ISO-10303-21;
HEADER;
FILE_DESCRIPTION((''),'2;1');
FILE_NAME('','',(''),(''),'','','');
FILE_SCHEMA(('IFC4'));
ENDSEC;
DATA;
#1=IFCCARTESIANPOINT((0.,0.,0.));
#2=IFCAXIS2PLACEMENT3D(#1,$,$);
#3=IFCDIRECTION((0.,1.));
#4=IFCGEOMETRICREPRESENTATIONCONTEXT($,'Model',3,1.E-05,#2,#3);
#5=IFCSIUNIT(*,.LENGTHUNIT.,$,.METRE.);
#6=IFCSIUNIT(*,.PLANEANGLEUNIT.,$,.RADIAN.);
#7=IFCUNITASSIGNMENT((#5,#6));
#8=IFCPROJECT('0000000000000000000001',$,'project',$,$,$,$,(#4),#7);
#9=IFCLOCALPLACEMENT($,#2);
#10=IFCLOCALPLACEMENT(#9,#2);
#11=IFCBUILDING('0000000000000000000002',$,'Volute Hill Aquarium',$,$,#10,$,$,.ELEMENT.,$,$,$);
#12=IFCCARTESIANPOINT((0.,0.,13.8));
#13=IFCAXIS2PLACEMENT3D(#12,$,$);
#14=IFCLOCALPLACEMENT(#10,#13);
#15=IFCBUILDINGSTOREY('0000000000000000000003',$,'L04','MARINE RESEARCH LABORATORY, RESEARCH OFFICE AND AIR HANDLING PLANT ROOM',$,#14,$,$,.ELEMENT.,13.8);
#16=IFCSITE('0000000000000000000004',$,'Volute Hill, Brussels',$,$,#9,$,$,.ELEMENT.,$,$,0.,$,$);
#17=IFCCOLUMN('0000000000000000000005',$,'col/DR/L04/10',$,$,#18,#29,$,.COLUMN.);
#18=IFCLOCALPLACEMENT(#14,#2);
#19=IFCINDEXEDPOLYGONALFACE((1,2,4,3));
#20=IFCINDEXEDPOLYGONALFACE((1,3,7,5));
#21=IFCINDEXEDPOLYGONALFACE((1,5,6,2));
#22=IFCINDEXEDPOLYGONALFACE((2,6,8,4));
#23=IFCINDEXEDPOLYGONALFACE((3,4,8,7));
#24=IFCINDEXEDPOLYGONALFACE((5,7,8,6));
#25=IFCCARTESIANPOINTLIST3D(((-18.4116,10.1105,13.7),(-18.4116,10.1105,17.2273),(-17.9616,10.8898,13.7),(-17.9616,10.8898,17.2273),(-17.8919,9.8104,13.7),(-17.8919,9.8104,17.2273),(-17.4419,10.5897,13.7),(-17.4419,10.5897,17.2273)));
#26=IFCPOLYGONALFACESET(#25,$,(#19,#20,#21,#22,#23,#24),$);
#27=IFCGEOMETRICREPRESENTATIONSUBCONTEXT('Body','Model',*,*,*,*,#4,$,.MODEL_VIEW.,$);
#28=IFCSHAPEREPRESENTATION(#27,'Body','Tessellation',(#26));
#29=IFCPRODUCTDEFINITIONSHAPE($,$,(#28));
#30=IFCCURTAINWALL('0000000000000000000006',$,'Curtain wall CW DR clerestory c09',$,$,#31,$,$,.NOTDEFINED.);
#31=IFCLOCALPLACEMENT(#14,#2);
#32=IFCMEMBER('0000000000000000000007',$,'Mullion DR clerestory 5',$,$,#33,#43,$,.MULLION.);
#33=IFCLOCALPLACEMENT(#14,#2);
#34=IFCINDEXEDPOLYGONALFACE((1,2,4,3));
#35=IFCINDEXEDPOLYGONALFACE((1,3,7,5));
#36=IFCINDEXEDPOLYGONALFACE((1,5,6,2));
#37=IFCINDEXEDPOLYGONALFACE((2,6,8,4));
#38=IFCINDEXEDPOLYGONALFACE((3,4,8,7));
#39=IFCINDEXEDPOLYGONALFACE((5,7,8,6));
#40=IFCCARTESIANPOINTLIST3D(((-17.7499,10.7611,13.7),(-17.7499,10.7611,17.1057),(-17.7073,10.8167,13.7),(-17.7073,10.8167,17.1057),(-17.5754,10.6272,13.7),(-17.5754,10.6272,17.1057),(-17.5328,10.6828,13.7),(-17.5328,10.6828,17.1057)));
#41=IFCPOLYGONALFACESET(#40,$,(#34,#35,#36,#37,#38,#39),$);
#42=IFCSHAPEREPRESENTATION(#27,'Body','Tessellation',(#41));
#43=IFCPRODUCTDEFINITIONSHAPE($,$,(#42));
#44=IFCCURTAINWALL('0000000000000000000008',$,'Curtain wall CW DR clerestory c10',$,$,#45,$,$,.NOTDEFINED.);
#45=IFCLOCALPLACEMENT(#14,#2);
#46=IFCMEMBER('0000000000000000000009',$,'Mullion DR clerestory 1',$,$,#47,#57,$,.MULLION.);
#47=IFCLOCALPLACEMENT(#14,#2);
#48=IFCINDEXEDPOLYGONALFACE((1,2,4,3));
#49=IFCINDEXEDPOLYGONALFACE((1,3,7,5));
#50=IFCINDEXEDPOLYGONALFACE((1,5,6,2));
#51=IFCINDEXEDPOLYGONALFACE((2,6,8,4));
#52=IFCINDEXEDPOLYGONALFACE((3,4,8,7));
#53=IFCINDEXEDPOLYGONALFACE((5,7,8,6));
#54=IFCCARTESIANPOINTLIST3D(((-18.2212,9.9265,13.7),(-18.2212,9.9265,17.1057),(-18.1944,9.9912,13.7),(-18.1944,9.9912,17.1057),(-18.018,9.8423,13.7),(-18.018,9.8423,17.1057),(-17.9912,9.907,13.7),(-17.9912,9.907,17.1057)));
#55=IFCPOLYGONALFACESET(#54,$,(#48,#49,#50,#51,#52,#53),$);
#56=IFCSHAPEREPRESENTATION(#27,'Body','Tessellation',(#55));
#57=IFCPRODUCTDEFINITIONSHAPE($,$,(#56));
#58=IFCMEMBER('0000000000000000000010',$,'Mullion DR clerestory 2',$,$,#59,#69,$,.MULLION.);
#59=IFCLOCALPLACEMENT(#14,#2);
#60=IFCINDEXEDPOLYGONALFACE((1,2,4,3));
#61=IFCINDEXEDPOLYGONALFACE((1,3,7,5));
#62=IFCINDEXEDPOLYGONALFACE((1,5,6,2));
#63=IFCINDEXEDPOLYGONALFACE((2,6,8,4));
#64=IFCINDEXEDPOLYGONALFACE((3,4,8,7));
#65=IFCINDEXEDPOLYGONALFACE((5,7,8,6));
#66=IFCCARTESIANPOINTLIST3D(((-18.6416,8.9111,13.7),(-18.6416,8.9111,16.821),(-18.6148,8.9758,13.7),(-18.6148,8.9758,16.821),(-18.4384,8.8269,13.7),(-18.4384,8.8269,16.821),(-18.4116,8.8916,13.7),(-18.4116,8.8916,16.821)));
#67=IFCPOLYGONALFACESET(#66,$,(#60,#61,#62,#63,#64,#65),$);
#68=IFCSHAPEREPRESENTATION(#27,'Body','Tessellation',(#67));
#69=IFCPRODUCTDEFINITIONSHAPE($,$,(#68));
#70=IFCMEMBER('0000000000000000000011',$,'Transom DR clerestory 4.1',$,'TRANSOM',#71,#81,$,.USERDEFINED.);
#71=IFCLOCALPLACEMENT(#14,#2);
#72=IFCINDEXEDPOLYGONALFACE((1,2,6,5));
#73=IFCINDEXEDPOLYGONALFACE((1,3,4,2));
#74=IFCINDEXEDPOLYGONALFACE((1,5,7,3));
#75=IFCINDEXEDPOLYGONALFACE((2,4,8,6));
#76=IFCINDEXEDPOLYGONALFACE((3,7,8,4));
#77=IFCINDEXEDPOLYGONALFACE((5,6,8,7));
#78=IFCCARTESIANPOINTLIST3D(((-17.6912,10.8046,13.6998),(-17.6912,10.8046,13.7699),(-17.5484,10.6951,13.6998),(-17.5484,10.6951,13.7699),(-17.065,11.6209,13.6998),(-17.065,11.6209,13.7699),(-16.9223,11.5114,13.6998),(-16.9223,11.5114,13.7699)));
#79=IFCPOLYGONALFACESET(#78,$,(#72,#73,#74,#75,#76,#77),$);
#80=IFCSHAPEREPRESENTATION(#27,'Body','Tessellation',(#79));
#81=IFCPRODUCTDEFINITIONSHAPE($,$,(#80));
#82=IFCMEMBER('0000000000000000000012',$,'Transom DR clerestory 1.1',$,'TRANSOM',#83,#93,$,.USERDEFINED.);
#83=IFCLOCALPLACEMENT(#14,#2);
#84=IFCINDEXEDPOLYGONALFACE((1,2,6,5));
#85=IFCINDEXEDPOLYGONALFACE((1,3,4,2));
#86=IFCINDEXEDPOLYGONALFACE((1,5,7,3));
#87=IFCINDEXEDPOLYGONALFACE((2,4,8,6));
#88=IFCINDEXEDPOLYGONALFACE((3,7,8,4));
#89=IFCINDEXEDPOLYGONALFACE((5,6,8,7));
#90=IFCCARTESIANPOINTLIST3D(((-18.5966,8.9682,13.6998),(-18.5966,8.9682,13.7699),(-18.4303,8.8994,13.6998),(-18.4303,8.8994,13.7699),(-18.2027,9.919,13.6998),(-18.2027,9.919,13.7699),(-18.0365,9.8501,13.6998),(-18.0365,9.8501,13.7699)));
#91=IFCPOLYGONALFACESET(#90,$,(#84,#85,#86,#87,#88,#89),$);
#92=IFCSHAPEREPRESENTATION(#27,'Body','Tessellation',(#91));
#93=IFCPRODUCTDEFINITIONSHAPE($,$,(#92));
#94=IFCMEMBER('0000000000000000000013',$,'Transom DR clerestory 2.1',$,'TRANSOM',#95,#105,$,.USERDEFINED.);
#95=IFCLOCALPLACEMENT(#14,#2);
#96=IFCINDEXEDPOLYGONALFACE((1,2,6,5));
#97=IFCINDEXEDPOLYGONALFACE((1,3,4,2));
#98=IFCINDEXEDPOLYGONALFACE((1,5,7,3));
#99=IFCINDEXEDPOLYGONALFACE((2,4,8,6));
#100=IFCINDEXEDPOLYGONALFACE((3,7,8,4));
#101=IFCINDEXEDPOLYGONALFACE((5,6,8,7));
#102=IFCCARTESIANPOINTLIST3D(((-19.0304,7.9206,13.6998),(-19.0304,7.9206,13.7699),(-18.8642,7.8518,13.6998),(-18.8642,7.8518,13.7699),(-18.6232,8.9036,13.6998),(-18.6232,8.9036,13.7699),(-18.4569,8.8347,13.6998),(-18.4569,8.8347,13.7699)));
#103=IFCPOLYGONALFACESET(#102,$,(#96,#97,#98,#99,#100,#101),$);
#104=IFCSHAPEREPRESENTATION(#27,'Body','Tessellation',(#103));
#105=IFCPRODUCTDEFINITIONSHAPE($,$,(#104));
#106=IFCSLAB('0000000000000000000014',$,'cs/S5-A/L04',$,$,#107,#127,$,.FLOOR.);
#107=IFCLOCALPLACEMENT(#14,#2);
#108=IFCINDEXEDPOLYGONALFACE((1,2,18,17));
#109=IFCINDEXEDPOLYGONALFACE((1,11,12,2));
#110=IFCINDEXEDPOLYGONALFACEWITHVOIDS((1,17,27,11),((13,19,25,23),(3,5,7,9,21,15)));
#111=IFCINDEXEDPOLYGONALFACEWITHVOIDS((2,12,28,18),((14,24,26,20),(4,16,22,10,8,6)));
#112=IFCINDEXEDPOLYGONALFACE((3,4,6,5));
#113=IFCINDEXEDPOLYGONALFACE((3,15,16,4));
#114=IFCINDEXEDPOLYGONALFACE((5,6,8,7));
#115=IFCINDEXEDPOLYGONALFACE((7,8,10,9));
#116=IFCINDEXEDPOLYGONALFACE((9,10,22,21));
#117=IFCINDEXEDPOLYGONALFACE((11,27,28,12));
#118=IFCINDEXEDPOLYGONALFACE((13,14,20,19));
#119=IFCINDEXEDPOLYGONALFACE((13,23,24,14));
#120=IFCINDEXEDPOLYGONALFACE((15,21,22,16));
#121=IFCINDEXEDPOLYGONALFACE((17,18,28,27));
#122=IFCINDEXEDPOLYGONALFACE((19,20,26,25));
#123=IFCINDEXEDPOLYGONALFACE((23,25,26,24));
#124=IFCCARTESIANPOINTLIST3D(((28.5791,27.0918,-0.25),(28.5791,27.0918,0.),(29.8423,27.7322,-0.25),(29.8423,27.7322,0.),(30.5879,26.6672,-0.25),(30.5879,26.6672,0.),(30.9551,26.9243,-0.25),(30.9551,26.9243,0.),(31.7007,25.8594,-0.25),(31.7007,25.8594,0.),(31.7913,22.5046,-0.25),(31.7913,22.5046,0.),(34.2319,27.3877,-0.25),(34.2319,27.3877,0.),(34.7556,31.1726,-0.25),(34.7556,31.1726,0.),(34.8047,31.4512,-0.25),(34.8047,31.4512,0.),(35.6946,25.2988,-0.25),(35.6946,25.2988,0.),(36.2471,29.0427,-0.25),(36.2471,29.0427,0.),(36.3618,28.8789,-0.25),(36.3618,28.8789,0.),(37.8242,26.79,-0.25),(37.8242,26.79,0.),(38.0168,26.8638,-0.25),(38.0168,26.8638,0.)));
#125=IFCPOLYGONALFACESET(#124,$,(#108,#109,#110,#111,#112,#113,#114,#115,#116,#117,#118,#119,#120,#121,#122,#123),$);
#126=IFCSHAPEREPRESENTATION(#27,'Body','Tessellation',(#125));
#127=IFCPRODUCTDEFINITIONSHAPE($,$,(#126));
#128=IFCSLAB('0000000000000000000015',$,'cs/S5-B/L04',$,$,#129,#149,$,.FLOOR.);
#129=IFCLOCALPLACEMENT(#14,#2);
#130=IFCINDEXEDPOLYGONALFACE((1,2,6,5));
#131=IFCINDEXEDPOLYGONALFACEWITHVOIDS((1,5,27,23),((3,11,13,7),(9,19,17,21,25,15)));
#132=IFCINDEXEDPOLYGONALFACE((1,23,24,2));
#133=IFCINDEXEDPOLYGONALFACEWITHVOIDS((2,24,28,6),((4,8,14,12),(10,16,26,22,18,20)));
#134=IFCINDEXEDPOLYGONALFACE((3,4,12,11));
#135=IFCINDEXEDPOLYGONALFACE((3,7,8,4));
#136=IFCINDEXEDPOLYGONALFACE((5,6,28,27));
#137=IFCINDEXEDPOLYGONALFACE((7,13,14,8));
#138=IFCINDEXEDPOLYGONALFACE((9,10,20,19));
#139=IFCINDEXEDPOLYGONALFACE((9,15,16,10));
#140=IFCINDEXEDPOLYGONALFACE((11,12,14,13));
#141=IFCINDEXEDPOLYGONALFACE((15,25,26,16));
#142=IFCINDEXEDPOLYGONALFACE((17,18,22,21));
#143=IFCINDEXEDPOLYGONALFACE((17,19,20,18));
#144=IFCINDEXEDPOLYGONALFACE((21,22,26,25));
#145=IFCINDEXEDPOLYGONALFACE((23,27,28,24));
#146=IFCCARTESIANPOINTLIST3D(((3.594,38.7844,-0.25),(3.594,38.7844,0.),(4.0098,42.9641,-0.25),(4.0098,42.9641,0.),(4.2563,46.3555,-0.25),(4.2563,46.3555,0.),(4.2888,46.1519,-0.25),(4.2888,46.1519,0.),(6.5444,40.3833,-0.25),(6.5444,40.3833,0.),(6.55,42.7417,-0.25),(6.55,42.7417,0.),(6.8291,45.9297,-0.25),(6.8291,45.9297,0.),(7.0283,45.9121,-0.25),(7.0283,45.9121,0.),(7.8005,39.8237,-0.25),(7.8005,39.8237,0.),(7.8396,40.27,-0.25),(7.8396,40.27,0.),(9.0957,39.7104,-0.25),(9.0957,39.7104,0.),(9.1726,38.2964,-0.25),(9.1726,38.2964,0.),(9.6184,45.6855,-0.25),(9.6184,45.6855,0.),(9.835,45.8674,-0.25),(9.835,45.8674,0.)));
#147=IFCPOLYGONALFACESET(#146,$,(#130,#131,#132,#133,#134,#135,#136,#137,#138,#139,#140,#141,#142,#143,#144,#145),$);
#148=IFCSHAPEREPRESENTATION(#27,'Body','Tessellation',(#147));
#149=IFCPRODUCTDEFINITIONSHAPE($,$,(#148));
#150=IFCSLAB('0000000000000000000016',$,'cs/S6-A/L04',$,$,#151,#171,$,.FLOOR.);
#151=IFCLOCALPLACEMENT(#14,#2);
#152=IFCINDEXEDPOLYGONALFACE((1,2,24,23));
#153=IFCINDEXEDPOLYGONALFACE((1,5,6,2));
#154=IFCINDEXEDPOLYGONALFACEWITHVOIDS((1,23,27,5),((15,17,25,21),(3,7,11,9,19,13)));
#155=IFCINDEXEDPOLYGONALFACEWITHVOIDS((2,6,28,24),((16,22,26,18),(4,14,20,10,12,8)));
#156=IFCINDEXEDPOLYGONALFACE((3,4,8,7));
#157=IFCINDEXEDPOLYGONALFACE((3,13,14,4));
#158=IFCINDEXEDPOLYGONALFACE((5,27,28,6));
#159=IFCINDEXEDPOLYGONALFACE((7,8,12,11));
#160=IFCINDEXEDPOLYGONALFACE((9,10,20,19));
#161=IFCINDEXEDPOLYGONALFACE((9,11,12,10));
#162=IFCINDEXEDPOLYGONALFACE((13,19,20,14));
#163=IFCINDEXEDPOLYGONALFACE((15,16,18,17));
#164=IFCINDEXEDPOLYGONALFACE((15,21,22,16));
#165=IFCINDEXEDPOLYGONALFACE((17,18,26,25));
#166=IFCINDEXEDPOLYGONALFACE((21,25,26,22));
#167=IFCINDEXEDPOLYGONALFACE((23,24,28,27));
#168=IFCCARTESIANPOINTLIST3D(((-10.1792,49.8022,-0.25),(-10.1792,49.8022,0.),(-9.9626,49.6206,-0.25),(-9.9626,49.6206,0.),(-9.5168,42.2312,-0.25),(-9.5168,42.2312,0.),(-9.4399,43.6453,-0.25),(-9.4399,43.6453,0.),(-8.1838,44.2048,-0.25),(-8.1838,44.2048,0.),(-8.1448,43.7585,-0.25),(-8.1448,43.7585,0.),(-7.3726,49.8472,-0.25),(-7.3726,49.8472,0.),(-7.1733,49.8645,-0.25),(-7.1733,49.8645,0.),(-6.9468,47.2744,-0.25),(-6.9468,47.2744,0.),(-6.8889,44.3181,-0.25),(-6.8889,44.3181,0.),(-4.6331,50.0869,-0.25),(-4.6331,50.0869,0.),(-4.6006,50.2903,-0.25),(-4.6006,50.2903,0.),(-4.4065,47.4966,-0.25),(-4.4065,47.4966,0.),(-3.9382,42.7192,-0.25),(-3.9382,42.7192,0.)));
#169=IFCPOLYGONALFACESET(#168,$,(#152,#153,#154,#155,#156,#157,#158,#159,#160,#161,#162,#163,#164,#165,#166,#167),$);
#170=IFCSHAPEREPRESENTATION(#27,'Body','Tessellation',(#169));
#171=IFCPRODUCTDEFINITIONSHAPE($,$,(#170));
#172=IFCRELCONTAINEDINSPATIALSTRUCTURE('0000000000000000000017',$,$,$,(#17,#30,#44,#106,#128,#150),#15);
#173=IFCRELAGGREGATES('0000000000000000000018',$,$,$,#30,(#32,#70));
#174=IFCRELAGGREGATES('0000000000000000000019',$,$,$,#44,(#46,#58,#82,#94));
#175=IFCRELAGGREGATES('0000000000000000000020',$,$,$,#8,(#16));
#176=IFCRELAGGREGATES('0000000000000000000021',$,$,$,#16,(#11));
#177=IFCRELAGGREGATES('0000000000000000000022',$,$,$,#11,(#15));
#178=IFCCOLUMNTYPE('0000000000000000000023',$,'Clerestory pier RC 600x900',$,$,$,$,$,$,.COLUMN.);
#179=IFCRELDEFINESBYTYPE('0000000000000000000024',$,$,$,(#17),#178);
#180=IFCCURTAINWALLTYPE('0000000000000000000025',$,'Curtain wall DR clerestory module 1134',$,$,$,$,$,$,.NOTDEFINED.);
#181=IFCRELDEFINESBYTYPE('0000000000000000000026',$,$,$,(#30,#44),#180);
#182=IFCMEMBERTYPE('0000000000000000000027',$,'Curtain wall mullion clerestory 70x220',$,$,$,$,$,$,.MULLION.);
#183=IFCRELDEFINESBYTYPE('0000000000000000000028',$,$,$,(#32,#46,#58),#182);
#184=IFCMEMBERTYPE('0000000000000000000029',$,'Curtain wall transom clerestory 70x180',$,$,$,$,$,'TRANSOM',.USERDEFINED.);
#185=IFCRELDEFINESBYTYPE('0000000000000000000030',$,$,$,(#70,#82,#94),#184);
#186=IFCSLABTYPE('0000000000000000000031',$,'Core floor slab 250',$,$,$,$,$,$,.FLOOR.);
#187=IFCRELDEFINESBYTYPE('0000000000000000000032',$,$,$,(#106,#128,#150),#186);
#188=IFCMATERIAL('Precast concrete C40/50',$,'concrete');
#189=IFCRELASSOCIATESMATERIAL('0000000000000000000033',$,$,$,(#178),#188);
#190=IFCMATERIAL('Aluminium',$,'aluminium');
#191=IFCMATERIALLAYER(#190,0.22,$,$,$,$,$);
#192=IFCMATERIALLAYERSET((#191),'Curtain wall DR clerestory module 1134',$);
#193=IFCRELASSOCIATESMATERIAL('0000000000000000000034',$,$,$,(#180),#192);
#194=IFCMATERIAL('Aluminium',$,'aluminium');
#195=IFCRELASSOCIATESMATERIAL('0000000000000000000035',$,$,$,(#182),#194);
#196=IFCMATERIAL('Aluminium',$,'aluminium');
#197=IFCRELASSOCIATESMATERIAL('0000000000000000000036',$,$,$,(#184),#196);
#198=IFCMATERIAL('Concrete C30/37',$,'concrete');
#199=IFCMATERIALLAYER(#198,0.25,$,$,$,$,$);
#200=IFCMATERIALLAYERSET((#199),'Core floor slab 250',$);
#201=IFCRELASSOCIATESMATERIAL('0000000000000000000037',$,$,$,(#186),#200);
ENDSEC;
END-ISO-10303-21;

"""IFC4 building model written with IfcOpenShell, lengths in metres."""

from ifc_helpers import new_model, si_unit, direction, frame, origin, origin_2d, place, context, subcontext, project, spatial, polyline, rectangle, outline, extrude, material, layer, layer_set, material_profile, profile_set, type_object, element, aggregate, save


model = new_model("IFC4")

# Units and contexts
model_context = context("Model", 3, precision=1e-05, world=origin(), true_north=direction((0.0, 1.0)))
body_context = subcontext(model_context, "Body", "Model", "MODEL_VIEW")
ifc_project = project(units=[si_unit("LENGTHUNIT", "METRE"), si_unit("PLANEANGLEUNIT", "RADIAN")], contexts=[model_context])

# Site, building, storey
site_placement = place(None, origin())
site = spatial("IfcSite", under=ifc_project, at=site_placement, Name="Volute Hill, Brussels", CompositionType="ELEMENT", RefElevation=0.0)
building_placement = place(site_placement, origin())
building = spatial("IfcBuilding", under=site, at=building_placement, Name="Volute Hill Aquarium", CompositionType="ELEMENT")
storey_placement = place(building_placement, frame((0.0, 0.0, 13.8)))
storey = spatial("IfcBuildingStorey", under=building, at=storey_placement, Name="L04", Description="MARINE RESEARCH LABORATORY, RESEARCH OFFICE AND AIR HANDLING PLANT ROOM", CompositionType="ELEMENT", Elevation=13.8)

# Column
ifc_material_1 = material(Name="Precast concrete C40/50", Category="concrete")
ifc_material_profile_1 = material_profile(ifc_material_1, rectangle(XDim=0.6001, YDim=0.8999, at=origin_2d()), Name="RC pier 600x900")
ifc_profile_set_1 = profile_set([ifc_material_profile_1], Name="Precast concrete C40/50")
column_type = type_object("IfcColumnType", Name="Clerestory pier RC 600x900", PredefinedType="COLUMN", material=ifc_profile_set_1)
column_placement = place(storey_placement, frame((-17.9268, 10.3501, 13.7), z_axis=(0.0, 0.0, 1.0), x_axis=(-0.866025, 0.5, 0.0)))
element("IfcColumn", 1, at=column_placement, inside=storey, type_object=column_type, Name="col/DR/L04/10", PredefinedType="COLUMN", context=body_context, shape_type="SweptSolid", body=[
    extrude(rectangle(XDim=0.6001, YDim=0.8999, at=origin_2d()), origin(), (0.0, 0.0, 1.0), 3.5273),
])

# Curtain wall, member
ifc_material_2 = material(Name="Aluminium", Category="aluminium")
ifc_layer_1 = layer(ifc_material_2, 0.22)
ifc_layer_set_1 = layer_set([ifc_layer_1], Name="Curtain wall DR clerestory module 1134")
curtain_wall_type = type_object("IfcCurtainWallType", Name="Curtain wall DR clerestory module 1134", PredefinedType="NOTDEFINED", material=ifc_layer_set_1)
curtain_wall_1_placement = place(storey_placement, origin())
curtain_wall_1 = element("IfcCurtainWall", 2, at=curtain_wall_1_placement, inside=storey, type_object=curtain_wall_type, Name="Curtain wall CW DR clerestory c09", PredefinedType="NOTDEFINED")
ifc_material_3 = material(Name="Aluminium", Category="aluminium")
ifc_material_profile_2 = material_profile(ifc_material_3, rectangle(XDim=0.22, YDim=0.0701, at=origin_2d()), Name="Curtain wall mullion clerestory 70x220")
ifc_profile_set_2 = profile_set([ifc_material_profile_2], Name="Aluminium")
member_type_1 = type_object("IfcMemberType", Name="Curtain wall mullion clerestory 70x220", PredefinedType="MULLION", material=ifc_profile_set_2)
member_1_placement = place(storey_placement, frame((-17.6414, 10.7219, 13.7), z_axis=(0.0, 0.0, 1.0), x_axis=(0.793354, -0.608761, 0.0)))
member_1 = element("IfcMember", 3, at=member_1_placement, type_object=member_type_1, Name="Mullion DR clerestory 5", PredefinedType="MULLION", context=body_context, shape_type="SweptSolid", body=[
    extrude(rectangle(XDim=0.22, YDim=0.0701, at=origin_2d()), origin(), (0.0, 0.0, 1.0), 3.4058),
])

# Curtain wall, members
curtain_wall_2_placement = place(storey_placement, origin())
curtain_wall_2 = element("IfcCurtainWall", 4, at=curtain_wall_2_placement, inside=storey, type_object=curtain_wall_type, Name="Curtain wall CW DR clerestory c10", PredefinedType="NOTDEFINED")
member_2_placement = place(storey_placement, frame((-18.1062, 9.9167, 13.7), z_axis=(0.0, 0.0, 1.0), x_axis=(0.923874, -0.382696, 0.0)))
member_2 = element("IfcMember", 5, at=member_2_placement, type_object=member_type_1, Name="Mullion DR clerestory 1", PredefinedType="MULLION", context=body_context, shape_type="SweptSolid", body=[
    extrude(rectangle(XDim=0.22, YDim=0.0701, at=origin_2d()), origin(), (0.0, 0.0, 1.0), 3.4058),
])
member_3_placement = place(storey_placement, frame((-18.5266, 8.9014, 13.7), z_axis=(0.0, 0.0, 1.0), x_axis=(0.923874, -0.382696, 0.0)))
member_3 = element("IfcMember", 6, at=member_3_placement, type_object=member_type_1, Name="Mullion DR clerestory 2", PredefinedType="MULLION", context=body_context, shape_type="SweptSolid", body=[
    extrude(rectangle(XDim=0.22, YDim=0.0701, at=origin_2d()), origin(), (0.0, 0.0, 1.0), 3.1211),
])

# Members
ifc_material_4 = material(Name="Aluminium", Category="aluminium")
ifc_material_profile_3 = material_profile(ifc_material_4, rectangle(XDim=0.1799, YDim=0.0701, at=origin_2d()), Name="Curtain wall transom clerestory 70x180")
ifc_profile_set_3 = profile_set([ifc_material_profile_3], Name="Aluminium")
member_type_2 = type_object("IfcMemberType", Name="Curtain wall transom clerestory 70x180", ElementType="TRANSOM", PredefinedType="USERDEFINED", material=ifc_profile_set_3)
member_4_placement = place(storey_placement, frame((-16.9937, 11.5662, 13.7349), z_axis=(-0.608621, -0.793461, 0.0), x_axis=(0.793461, -0.608621, 0.0)))
member_4 = element("IfcMember", 7, at=member_4_placement, type_object=member_type_2, Name="Transom DR clerestory 4.1", ObjectType="TRANSOM", PredefinedType="USERDEFINED", context=body_context, shape_type="SweptSolid", body=[
    extrude(rectangle(XDim=0.1799, YDim=0.0701, at=origin_2d()), origin(), (0.0, 0.0, 1.0), 1.0288),
])
member_5_placement = place(storey_placement, frame((-18.1196, 9.8845, 13.7349), z_axis=(-0.382694, -0.923875, 0.0), x_axis=(0.923875, -0.382694, 0.0)))
member_5 = element("IfcMember", 8, at=member_5_placement, type_object=member_type_2, Name="Transom DR clerestory 1.1", ObjectType="TRANSOM", PredefinedType="USERDEFINED", context=body_context, shape_type="SweptSolid", body=[
    extrude(rectangle(XDim=0.1799, YDim=0.0701, at=origin_2d()), origin(), (0.0, 0.0, 1.0), 1.0291),
])
member_6_placement = place(storey_placement, frame((-18.54, 8.8691, 13.7349), z_axis=(-0.382757, -0.923849, 0.0), x_axis=(0.923849, -0.382757, 0.0)))
member_6 = element("IfcMember", 9, at=member_6_placement, type_object=member_type_2, Name="Transom DR clerestory 2.1", ObjectType="TRANSOM", PredefinedType="USERDEFINED", context=body_context, shape_type="SweptSolid", body=[
    extrude(rectangle(XDim=0.1799, YDim=0.0701, at=origin_2d()), origin(), (0.0, 0.0, 1.0), 1.064),
])

# Slabs
ifc_material_5 = material(Name="Concrete C30/37", Category="concrete")
ifc_layer_2 = layer(ifc_material_5, 0.25)
ifc_layer_set_2 = layer_set([ifc_layer_2], Name="Core floor slab 250")
slab_type_1 = type_object("IfcSlabType", Name="Core floor slab 250", PredefinedType="FLOOR", material=ifc_layer_set_2)
slab_1_placement = place(storey_placement, frame((0.0, 0.0, -0.25)))
element("IfcSlab", 10, at=slab_1_placement, inside=storey, type_object=slab_type_1, Name="cs/S5-A/L04", PredefinedType="FLOOR", context=body_context, shape_type="SweptSolid", body=[
    extrude(outline(polyline([(31.7913, 22.5046), (38.0168, 26.8638), (34.8047, 31.4512), (28.5791, 27.0918), (31.7913, 22.5046)]), holes=[polyline([(34.2319, 27.3877), (36.3618, 28.8789), (37.8242, 26.79), (35.6946, 25.2988), (34.2319, 27.3877)]), polyline([(30.9551, 26.9243), (30.5879, 26.6672), (29.8423, 27.7322), (34.7556, 31.1726), (36.2471, 29.0427), (31.7007, 25.8594), (30.9551, 26.9243)])]), origin(), (0.0, 0.0, 1.0), 0.25),
])
slab_2_placement = place(storey_placement, frame((0.0, 0.0, -0.25)))
element("IfcSlab", 11, at=slab_2_placement, inside=storey, type_object=slab_type_1, Name="cs/S5-B/L04", PredefinedType="FLOOR", context=body_context, shape_type="SweptSolid", body=[
    extrude(outline(polyline([(9.1726, 38.2964), (9.835, 45.8674), (4.2563, 46.3555), (3.594, 38.7844), (9.1726, 38.2964)]), holes=[polyline([(4.0098, 42.9641), (4.2888, 46.1519), (6.8291, 45.9297), (6.55, 42.7417), (4.0098, 42.9641)]), polyline([(6.5444, 40.3833), (7.0283, 45.9121), (9.6184, 45.6855), (9.0957, 39.7104), (7.8005, 39.8237), (7.8396, 40.27), (6.5444, 40.3833)])]), origin(), (0.0, 0.0, 1.0), 0.25),
])
slab_3_placement = place(storey_placement, frame((0.0, 0.0, -0.25)))
element("IfcSlab", 12, at=slab_3_placement, inside=storey, type_object=slab_type_1, Name="cs/S6-A/L04", PredefinedType="FLOOR", context=body_context, shape_type="SweptSolid", body=[
    extrude(outline(polyline([(-3.9382, 42.7192), (-4.6006, 50.2903), (-10.1792, 49.8022), (-9.5168, 42.2312), (-3.9382, 42.7192)]), holes=[polyline([(-6.9468, 47.2744), (-7.1733, 49.8645), (-4.6331, 50.0869), (-4.4065, 47.4966), (-6.9468, 47.2744)]), polyline([(-8.1838, 44.2048), (-8.1448, 43.7585), (-9.4399, 43.6453), (-9.9626, 49.6206), (-7.3726, 49.8472), (-6.8889, 44.3181), (-8.1838, 44.2048)])]), origin(), (0.0, 0.0, 1.0), 0.25),
])

aggregate(curtain_wall_1, [member_1, member_4])
aggregate(curtain_wall_2, [member_2, member_3, member_5, member_6])

save(model, "model.ifc")
